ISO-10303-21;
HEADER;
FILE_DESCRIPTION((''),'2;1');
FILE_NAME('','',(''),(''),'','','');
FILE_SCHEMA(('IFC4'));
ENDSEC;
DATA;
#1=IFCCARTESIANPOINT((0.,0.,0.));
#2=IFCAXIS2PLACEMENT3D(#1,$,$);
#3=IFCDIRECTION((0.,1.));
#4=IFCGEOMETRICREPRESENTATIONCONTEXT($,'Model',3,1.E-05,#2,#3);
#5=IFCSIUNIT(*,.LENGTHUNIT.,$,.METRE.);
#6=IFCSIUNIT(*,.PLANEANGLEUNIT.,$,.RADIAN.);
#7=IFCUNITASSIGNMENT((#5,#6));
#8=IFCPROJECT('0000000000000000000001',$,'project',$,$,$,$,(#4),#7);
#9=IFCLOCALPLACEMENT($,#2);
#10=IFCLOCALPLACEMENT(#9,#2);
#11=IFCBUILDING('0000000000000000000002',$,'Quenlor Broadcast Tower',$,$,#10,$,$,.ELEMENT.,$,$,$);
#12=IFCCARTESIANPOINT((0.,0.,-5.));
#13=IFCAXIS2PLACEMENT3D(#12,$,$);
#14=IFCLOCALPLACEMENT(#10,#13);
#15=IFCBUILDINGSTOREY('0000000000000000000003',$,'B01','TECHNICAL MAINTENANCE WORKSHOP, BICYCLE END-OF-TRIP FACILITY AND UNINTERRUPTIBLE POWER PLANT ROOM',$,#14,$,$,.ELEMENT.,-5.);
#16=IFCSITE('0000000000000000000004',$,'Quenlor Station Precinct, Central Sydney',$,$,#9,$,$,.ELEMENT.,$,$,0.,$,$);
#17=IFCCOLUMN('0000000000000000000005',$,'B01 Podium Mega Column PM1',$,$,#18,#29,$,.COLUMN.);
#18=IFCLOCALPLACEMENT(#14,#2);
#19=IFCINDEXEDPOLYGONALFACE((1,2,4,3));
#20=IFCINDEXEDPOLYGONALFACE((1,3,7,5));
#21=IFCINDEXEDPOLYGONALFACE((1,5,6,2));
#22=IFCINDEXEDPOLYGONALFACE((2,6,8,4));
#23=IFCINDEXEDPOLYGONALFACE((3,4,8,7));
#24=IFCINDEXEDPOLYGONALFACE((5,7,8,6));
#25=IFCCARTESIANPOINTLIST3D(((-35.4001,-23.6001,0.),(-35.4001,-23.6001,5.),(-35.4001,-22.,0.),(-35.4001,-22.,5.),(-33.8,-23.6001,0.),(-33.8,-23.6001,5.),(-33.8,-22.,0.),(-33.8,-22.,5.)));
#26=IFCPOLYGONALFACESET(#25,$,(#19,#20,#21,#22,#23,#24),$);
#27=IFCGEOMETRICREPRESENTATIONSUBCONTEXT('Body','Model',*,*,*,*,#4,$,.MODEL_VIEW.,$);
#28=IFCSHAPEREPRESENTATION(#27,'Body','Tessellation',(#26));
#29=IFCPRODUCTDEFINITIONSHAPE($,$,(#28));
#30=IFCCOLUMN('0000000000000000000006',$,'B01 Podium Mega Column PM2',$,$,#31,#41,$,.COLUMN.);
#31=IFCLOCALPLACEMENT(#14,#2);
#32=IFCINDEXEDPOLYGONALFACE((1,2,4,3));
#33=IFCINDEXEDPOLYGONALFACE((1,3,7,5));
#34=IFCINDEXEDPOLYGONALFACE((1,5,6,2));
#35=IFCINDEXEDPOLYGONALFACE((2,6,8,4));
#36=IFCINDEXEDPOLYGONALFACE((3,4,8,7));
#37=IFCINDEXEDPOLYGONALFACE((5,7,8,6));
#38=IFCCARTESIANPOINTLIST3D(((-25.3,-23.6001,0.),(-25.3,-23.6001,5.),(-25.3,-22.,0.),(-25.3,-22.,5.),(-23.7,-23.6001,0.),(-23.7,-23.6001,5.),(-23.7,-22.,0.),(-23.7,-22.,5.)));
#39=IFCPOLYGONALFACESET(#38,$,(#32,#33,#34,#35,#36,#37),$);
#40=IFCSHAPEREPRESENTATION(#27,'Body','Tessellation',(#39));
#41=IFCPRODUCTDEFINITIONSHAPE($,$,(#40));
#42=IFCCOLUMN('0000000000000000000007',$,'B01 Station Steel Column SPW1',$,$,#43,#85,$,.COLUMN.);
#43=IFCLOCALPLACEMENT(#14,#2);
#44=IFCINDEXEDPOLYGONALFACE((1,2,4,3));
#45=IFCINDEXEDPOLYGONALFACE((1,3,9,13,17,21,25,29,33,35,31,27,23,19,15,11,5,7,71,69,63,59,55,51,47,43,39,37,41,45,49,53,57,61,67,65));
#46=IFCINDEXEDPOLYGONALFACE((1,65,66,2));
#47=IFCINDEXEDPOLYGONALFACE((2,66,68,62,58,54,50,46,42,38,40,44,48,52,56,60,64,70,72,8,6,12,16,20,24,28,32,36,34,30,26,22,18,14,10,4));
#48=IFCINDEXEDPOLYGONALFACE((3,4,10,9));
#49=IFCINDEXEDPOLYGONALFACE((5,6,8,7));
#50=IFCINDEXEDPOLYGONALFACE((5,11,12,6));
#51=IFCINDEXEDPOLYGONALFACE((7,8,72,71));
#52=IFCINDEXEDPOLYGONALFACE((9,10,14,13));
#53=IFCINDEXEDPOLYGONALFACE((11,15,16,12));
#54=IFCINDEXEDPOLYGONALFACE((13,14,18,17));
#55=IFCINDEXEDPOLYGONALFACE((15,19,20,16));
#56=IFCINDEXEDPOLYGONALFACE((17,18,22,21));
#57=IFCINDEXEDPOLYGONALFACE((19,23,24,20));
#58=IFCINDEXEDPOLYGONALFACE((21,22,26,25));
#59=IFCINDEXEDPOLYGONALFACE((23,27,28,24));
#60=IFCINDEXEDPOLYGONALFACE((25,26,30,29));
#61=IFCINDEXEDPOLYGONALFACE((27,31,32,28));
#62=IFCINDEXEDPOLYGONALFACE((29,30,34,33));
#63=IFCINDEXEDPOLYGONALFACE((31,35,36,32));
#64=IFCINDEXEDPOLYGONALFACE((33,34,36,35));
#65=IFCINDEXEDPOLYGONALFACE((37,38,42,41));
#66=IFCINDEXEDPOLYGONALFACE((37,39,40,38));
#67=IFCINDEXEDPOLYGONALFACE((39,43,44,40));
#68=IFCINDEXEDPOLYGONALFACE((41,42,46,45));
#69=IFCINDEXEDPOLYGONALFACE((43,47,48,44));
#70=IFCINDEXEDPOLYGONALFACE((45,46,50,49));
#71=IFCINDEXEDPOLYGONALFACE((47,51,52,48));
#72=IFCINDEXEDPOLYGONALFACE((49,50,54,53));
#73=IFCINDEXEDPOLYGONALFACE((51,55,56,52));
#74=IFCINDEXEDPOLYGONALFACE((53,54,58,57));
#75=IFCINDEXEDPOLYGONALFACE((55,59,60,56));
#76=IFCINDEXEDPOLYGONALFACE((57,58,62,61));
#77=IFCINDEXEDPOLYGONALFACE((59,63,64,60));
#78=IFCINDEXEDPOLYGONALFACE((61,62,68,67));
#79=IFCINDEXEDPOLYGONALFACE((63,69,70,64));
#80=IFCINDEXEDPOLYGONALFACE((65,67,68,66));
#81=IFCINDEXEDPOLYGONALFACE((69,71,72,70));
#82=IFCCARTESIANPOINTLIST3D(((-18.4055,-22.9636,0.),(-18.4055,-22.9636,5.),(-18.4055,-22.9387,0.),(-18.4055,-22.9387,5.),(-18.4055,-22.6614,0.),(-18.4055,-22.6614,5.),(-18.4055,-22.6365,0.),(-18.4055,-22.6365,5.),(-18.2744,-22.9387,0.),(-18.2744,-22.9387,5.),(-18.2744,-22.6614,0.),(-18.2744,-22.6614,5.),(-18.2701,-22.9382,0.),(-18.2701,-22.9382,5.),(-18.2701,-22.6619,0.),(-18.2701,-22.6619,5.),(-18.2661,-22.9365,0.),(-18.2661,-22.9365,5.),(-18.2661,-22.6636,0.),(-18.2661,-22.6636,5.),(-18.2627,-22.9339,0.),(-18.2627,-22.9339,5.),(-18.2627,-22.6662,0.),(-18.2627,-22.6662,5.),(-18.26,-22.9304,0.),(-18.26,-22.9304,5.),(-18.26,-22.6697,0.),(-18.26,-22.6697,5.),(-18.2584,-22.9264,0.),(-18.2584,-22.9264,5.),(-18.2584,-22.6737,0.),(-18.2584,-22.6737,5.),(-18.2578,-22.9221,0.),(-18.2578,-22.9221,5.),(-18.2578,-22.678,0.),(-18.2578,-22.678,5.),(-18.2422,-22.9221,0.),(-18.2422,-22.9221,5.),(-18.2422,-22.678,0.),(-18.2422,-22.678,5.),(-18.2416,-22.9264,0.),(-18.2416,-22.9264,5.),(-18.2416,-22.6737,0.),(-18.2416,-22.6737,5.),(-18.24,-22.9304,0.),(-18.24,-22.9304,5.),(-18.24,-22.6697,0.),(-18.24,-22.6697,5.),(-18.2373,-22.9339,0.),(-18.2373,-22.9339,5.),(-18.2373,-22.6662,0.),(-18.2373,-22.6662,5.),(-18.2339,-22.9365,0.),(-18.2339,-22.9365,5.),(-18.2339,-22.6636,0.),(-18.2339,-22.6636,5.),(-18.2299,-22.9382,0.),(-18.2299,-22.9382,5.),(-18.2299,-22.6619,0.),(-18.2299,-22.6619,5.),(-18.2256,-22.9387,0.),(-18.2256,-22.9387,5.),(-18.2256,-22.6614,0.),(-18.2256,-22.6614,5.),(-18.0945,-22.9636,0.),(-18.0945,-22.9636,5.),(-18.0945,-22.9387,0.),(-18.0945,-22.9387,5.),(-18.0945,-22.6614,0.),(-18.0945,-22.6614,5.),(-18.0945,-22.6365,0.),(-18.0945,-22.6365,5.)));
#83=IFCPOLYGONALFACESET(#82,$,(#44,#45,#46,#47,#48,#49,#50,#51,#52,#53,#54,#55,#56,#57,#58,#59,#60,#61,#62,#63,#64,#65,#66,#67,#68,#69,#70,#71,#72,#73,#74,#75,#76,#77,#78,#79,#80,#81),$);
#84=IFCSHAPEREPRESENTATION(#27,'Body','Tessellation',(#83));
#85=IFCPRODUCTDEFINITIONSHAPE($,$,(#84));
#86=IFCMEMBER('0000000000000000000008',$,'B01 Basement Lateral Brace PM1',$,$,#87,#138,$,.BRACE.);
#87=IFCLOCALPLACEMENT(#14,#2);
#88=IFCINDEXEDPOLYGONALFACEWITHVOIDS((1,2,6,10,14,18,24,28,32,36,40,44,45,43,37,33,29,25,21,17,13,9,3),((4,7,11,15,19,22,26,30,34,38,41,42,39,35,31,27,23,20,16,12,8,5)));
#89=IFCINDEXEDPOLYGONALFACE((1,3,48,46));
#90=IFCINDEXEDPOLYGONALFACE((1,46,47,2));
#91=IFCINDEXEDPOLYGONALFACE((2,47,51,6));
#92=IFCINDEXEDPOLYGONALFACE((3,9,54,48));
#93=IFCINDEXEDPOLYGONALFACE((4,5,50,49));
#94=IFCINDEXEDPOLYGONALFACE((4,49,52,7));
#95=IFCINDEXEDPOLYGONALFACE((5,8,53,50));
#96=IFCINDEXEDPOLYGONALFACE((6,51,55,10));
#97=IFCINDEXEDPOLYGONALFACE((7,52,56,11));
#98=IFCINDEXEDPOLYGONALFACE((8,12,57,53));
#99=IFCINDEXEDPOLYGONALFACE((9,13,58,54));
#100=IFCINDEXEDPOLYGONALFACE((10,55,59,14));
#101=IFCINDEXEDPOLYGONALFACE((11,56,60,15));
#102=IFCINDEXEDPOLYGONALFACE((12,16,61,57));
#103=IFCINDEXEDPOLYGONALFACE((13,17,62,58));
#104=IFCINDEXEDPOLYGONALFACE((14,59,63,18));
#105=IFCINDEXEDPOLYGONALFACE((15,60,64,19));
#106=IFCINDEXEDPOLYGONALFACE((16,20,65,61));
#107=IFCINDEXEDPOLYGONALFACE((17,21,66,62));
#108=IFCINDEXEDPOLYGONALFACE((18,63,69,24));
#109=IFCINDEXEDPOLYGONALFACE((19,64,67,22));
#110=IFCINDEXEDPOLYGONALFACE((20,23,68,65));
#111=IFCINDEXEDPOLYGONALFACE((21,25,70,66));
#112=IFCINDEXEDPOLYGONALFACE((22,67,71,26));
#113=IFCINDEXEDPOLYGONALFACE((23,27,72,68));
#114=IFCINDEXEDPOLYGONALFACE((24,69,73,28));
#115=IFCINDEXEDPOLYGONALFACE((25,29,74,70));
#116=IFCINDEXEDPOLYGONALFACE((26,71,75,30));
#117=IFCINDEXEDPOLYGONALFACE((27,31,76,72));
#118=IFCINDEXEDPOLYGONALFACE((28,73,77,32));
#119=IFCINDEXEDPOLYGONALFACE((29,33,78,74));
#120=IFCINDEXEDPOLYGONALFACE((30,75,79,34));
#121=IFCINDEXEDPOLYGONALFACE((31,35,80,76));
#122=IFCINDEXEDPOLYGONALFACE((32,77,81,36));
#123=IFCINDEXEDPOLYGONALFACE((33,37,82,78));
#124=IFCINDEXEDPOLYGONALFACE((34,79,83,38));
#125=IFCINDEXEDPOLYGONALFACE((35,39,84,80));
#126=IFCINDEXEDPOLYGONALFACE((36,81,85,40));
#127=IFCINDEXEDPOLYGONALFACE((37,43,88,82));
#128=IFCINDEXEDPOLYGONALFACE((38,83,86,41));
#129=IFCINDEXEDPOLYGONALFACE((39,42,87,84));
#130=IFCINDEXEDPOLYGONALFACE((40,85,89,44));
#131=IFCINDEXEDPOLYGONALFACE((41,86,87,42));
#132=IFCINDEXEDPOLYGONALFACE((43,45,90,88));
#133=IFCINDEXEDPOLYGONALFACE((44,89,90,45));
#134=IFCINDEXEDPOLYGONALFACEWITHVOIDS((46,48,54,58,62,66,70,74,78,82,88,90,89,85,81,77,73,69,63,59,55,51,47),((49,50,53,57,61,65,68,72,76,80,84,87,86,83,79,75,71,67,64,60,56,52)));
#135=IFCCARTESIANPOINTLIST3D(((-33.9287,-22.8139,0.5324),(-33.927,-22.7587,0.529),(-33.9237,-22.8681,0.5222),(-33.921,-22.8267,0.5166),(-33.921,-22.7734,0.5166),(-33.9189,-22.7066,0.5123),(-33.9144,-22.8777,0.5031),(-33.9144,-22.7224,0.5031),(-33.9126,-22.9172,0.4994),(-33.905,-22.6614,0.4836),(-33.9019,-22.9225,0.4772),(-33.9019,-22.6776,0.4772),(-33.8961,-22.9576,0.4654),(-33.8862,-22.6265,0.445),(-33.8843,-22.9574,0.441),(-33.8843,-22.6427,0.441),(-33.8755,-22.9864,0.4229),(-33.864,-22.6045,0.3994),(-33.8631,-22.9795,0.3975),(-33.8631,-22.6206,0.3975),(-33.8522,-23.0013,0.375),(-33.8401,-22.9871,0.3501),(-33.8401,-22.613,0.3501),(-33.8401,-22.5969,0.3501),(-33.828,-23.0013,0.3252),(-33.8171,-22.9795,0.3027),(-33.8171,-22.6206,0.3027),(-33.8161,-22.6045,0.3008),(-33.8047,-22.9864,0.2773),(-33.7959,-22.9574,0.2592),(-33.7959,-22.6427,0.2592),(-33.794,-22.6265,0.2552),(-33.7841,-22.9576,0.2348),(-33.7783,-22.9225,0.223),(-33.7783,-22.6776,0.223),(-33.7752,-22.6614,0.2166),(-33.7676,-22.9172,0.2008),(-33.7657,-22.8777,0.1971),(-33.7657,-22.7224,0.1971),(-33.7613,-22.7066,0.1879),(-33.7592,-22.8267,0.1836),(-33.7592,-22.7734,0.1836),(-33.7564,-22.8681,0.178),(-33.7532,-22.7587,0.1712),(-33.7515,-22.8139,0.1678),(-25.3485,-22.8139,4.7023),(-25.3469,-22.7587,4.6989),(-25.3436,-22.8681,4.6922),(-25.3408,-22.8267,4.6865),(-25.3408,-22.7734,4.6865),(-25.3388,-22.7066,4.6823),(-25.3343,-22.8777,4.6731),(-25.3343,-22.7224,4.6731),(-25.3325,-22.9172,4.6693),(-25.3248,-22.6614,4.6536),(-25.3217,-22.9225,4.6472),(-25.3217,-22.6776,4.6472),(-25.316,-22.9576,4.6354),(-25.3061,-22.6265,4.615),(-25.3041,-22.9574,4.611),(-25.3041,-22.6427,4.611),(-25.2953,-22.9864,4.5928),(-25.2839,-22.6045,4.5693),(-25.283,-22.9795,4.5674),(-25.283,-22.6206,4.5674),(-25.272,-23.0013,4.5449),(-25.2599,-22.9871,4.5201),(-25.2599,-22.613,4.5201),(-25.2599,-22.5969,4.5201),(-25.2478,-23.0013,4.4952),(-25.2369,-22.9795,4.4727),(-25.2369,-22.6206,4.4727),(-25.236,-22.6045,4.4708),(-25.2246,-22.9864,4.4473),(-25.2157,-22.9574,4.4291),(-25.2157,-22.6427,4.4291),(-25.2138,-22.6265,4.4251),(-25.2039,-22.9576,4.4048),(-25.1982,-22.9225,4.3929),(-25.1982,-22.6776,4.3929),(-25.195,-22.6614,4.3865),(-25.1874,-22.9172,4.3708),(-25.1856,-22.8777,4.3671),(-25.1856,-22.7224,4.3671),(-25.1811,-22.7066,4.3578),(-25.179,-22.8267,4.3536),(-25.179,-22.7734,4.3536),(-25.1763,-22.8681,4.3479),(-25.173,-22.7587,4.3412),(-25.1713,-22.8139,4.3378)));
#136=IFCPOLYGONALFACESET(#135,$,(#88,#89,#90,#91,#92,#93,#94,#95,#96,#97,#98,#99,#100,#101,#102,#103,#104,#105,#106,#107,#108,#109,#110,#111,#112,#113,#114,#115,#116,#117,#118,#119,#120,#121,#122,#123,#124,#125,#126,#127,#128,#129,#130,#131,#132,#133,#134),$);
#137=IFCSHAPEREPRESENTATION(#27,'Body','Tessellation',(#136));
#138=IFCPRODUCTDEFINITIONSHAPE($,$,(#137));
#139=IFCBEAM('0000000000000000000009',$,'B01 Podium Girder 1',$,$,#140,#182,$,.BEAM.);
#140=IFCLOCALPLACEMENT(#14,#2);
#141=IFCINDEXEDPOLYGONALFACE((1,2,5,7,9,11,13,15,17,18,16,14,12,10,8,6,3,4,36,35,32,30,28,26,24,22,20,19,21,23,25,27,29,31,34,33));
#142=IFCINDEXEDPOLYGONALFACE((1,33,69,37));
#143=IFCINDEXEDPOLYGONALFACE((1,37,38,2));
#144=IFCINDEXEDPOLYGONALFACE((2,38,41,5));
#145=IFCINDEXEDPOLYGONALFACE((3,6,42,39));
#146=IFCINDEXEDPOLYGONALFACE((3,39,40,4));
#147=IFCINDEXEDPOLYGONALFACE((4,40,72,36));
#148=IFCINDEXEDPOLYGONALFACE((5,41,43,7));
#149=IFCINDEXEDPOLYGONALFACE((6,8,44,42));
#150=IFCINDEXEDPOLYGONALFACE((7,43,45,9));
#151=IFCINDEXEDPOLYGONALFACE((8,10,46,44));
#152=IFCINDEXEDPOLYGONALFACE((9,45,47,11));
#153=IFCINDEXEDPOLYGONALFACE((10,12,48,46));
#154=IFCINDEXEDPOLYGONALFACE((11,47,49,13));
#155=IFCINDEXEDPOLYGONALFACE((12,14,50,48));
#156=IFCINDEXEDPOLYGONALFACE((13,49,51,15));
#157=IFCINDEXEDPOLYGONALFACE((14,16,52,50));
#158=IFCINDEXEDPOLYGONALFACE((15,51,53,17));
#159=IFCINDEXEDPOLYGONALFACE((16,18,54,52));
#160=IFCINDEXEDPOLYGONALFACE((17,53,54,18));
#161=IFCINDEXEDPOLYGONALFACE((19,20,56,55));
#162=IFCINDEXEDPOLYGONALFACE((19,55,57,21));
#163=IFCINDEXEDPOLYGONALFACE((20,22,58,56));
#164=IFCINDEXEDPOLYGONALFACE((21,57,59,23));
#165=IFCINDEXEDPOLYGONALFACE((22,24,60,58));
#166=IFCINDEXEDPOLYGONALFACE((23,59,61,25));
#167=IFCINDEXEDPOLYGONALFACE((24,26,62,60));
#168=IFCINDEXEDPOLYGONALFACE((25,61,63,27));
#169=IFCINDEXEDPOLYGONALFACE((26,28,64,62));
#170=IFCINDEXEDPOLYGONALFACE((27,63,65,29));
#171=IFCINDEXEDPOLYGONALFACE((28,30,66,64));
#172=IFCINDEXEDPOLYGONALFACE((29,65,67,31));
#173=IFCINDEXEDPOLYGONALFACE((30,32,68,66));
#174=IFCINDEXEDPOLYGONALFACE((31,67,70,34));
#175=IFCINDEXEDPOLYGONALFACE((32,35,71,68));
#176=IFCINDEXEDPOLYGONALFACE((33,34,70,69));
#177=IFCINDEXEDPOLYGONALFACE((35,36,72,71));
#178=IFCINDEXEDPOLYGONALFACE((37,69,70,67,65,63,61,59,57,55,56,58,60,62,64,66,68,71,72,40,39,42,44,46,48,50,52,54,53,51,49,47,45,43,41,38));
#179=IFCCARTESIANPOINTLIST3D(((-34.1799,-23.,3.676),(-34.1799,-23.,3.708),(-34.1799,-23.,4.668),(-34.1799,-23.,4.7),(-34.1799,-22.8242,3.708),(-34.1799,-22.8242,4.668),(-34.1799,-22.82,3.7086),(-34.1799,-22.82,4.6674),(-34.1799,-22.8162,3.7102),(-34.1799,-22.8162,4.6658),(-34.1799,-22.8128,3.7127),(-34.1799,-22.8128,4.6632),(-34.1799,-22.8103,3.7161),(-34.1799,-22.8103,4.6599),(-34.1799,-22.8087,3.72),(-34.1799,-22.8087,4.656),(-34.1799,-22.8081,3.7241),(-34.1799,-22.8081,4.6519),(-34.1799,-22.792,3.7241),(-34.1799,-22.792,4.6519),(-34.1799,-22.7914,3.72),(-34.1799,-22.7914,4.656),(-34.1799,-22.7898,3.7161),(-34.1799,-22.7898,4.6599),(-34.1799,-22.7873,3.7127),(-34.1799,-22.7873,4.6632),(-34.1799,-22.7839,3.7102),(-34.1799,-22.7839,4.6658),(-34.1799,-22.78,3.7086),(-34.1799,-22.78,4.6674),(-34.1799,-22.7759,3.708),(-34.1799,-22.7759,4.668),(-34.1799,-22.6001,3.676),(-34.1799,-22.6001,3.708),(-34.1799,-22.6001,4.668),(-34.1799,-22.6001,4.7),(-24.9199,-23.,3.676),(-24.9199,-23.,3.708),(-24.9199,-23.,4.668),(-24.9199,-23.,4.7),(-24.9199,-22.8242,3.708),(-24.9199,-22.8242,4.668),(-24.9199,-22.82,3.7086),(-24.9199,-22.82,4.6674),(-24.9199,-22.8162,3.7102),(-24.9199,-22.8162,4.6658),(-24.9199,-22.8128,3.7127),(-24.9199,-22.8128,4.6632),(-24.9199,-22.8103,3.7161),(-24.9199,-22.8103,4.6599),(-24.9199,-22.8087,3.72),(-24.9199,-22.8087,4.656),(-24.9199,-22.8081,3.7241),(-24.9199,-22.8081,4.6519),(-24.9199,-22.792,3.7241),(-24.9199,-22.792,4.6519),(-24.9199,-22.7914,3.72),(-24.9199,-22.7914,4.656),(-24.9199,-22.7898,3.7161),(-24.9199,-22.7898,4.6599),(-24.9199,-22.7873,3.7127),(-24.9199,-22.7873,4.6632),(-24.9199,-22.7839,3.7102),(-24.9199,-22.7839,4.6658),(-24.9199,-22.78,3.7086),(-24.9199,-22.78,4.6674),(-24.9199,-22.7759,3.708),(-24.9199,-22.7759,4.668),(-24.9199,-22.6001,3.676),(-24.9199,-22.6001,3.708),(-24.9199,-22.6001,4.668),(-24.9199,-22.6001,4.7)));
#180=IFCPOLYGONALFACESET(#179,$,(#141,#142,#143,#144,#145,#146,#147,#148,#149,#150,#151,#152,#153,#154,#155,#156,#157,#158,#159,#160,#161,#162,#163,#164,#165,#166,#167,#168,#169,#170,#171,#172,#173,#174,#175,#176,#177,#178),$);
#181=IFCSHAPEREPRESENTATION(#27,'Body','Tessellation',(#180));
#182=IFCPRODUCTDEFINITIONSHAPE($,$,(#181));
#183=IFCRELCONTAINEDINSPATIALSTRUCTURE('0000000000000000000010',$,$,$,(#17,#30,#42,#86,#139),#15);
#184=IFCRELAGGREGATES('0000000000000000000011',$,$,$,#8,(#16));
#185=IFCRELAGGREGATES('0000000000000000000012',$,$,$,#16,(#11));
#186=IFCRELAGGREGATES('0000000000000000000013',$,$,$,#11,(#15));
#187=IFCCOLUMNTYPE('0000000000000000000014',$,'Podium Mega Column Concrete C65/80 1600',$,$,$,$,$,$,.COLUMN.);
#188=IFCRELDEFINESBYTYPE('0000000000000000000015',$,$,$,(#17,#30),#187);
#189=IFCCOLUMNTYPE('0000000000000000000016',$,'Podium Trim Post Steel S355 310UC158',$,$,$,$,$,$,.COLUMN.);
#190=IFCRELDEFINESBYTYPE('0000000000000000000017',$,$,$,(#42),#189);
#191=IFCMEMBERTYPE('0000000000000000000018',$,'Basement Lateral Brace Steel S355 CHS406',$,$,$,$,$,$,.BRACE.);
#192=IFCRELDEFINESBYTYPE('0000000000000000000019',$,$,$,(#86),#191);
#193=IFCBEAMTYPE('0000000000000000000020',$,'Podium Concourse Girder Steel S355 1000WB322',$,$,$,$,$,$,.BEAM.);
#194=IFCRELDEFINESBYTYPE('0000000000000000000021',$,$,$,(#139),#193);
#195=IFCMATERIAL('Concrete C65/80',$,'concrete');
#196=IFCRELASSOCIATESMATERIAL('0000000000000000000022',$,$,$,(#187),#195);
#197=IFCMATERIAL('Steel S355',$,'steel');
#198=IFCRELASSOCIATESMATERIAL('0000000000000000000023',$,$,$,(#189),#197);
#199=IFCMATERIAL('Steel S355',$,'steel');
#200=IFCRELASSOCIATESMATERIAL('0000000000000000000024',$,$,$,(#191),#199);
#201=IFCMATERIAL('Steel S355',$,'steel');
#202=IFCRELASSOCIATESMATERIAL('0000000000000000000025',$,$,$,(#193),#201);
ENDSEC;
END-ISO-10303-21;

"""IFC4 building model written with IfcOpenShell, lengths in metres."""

from ifc_helpers import new_model, si_unit, direction, frame, origin, origin_2d, place, context, subcontext, project, spatial, rectangle, hollow_circle, i_section, extrude, material, material_profile, profile_set, type_object, element, save


model = new_model("IFC4")

# Units and contexts
model_context = context("Model", 3, precision=1e-05, world=origin(), true_north=direction((0.0, 1.0)))
body_context = subcontext(model_context, "Body", "Model", "MODEL_VIEW")
ifc_project = project(units=[si_unit("LENGTHUNIT", "METRE"), si_unit("PLANEANGLEUNIT", "RADIAN")], contexts=[model_context])

# Site, building, storey
site_placement = place(None, origin())
site = spatial("IfcSite", under=ifc_project, at=site_placement, Name="Quenlor Station Precinct, Central Sydney", CompositionType="ELEMENT", RefElevation=0.0)
building_placement = place(site_placement, origin())
building = spatial("IfcBuilding", under=site, at=building_placement, Name="Quenlor Broadcast Tower", CompositionType="ELEMENT")
storey_placement = place(building_placement, frame((0.0, 0.0, -5.0)))
storey = spatial("IfcBuildingStorey", under=building, at=storey_placement, Name="B01", Description="TECHNICAL MAINTENANCE WORKSHOP, BICYCLE END-OF-TRIP FACILITY AND UNINTERRUPTIBLE POWER PLANT ROOM", CompositionType="ELEMENT", Elevation=-5.0)

# Columns
ifc_material_1 = material(Name="Concrete C65/80", Category="concrete")
ifc_material_profile_1 = material_profile(ifc_material_1, rectangle(XDim=1.6001, YDim=1.6001, at=origin_2d()))
ifc_profile_set_1 = profile_set([ifc_material_profile_1], Name="Concrete C65/80 RC1600x1600")
column_type_1 = type_object("IfcColumnType", Name="Podium Mega Column Concrete C65/80 1600", PredefinedType="COLUMN", material=ifc_profile_set_1)
for number, where, z_axis, x_axis, name in (
    (1, (-34.6001, -22.8, 0.0), (0.0, 0.0, 1.0), (1.0, 0.0, 0.0), "B01 Podium Mega Column PM1"),
    (2, (-24.5, -22.8, 0.0), (0.0, 0.0, 1.0), (1.0, 0.0, 0.0), "B01 Podium Mega Column PM2"),
):
    element("IfcColumn", number, at=place(storey_placement, frame(where, z_axis=z_axis, x_axis=x_axis)), inside=storey, type_object=column_type_1, Name=name, PredefinedType="COLUMN", context=body_context, shape_type="SweptSolid", body=[
        extrude(rectangle(XDim=1.6001, YDim=1.6001, at=origin_2d()), origin(), (0.0, 0.0, 1.0), 5.0),
    ])
ifc_material_2 = material(Name="Steel S355", Category="steel")
ifc_material_profile_2 = material_profile(ifc_material_2, i_section(OverallWidth=0.311, OverallDepth=0.3271, WebThickness=0.0156, FlangeThickness=0.0249, FilletRadius=0.0166, at=origin_2d()))
ifc_profile_set_2 = profile_set([ifc_material_profile_2], Name="Steel S355 310UC158")
column_type_2 = type_object("IfcColumnType", Name="Podium Trim Post Steel S355 310UC158", PredefinedType="COLUMN", material=ifc_profile_set_2)
column_placement = place(storey_placement, frame((-18.25, -22.8, 0.0), z_axis=(0.0, 0.0, 1.0), x_axis=(1.0, 0.0, 0.0)))
element("IfcColumn", 3, at=column_placement, inside=storey, type_object=column_type_2, Name="B01 Station Steel Column SPW1", PredefinedType="COLUMN", context=body_context, shape_type="SweptSolid", body=[
    extrude(i_section(OverallWidth=0.311, OverallDepth=0.3271, WebThickness=0.0156, FlangeThickness=0.0249, FilletRadius=0.0166, at=origin_2d()), origin(), (0.0, 0.0, 1.0), 5.0),
])

# Member
ifc_material_3 = material(Name="Steel S355", Category="steel")
ifc_material_profile_3 = material_profile(ifc_material_3, hollow_circle(Radius=0.2031, WallThickness=0.0161, at=origin_2d()))
ifc_profile_set_3 = profile_set([ifc_material_profile_3], Name="Steel S355 CHS406x16")
member_type = type_object("IfcMemberType", Name="Basement Lateral Brace Steel S355 CHS406", PredefinedType="BRACE", material=ifc_profile_set_3)
member_placement = place(storey_placement, frame((-33.8401, -22.8, 0.3501), z_axis=(0.899407, 0.0, 0.437112), x_axis=(0.0, 1.0, 0.0)))
element("IfcMember", 4, at=member_placement, inside=storey, type_object=member_type, Name="B01 Basement Lateral Brace PM1", PredefinedType="BRACE", context=body_context, shape_type="SweptSolid", body=[
    extrude(hollow_circle(Radius=0.2031, WallThickness=0.0161, at=origin_2d()), origin(), (0.0, 0.0, 1.0), 9.5398),
])

# Beam
ifc_material_4 = material(Name="Steel S355", Category="steel")
ifc_material_profile_4 = material_profile(ifc_material_4, i_section(OverallWidth=0.3999, OverallDepth=1.0239, WebThickness=0.0161, FlangeThickness=0.032, FilletRadius=0.0161, at=origin_2d()))
ifc_profile_set_4 = profile_set([ifc_material_profile_4], Name="Steel S355 1000WB322")
beam_type_1 = type_object("IfcBeamType", Name="Podium Concourse Girder Steel S355 1000WB322", PredefinedType="BEAM", material=ifc_profile_set_4)
beam_1_placement = place(storey_placement, frame((-34.1799, -22.8, 4.188), z_axis=(1.0, 0.0, 0.0), x_axis=(0.0, 1.0, 0.0)))
element("IfcBeam", 5, at=beam_1_placement, inside=storey, type_object=beam_type_1, Name="B01 Podium Girder 1", PredefinedType="BEAM", context=body_context, shape_type="SweptSolid", body=[
    extrude(i_section(OverallWidth=0.3999, OverallDepth=1.0239, WebThickness=0.0161, FlangeThickness=0.032, FilletRadius=0.0161, at=origin_2d()), origin(), (0.0, 0.0, 1.0), 9.26),
])

save(model, "model.ifc")
